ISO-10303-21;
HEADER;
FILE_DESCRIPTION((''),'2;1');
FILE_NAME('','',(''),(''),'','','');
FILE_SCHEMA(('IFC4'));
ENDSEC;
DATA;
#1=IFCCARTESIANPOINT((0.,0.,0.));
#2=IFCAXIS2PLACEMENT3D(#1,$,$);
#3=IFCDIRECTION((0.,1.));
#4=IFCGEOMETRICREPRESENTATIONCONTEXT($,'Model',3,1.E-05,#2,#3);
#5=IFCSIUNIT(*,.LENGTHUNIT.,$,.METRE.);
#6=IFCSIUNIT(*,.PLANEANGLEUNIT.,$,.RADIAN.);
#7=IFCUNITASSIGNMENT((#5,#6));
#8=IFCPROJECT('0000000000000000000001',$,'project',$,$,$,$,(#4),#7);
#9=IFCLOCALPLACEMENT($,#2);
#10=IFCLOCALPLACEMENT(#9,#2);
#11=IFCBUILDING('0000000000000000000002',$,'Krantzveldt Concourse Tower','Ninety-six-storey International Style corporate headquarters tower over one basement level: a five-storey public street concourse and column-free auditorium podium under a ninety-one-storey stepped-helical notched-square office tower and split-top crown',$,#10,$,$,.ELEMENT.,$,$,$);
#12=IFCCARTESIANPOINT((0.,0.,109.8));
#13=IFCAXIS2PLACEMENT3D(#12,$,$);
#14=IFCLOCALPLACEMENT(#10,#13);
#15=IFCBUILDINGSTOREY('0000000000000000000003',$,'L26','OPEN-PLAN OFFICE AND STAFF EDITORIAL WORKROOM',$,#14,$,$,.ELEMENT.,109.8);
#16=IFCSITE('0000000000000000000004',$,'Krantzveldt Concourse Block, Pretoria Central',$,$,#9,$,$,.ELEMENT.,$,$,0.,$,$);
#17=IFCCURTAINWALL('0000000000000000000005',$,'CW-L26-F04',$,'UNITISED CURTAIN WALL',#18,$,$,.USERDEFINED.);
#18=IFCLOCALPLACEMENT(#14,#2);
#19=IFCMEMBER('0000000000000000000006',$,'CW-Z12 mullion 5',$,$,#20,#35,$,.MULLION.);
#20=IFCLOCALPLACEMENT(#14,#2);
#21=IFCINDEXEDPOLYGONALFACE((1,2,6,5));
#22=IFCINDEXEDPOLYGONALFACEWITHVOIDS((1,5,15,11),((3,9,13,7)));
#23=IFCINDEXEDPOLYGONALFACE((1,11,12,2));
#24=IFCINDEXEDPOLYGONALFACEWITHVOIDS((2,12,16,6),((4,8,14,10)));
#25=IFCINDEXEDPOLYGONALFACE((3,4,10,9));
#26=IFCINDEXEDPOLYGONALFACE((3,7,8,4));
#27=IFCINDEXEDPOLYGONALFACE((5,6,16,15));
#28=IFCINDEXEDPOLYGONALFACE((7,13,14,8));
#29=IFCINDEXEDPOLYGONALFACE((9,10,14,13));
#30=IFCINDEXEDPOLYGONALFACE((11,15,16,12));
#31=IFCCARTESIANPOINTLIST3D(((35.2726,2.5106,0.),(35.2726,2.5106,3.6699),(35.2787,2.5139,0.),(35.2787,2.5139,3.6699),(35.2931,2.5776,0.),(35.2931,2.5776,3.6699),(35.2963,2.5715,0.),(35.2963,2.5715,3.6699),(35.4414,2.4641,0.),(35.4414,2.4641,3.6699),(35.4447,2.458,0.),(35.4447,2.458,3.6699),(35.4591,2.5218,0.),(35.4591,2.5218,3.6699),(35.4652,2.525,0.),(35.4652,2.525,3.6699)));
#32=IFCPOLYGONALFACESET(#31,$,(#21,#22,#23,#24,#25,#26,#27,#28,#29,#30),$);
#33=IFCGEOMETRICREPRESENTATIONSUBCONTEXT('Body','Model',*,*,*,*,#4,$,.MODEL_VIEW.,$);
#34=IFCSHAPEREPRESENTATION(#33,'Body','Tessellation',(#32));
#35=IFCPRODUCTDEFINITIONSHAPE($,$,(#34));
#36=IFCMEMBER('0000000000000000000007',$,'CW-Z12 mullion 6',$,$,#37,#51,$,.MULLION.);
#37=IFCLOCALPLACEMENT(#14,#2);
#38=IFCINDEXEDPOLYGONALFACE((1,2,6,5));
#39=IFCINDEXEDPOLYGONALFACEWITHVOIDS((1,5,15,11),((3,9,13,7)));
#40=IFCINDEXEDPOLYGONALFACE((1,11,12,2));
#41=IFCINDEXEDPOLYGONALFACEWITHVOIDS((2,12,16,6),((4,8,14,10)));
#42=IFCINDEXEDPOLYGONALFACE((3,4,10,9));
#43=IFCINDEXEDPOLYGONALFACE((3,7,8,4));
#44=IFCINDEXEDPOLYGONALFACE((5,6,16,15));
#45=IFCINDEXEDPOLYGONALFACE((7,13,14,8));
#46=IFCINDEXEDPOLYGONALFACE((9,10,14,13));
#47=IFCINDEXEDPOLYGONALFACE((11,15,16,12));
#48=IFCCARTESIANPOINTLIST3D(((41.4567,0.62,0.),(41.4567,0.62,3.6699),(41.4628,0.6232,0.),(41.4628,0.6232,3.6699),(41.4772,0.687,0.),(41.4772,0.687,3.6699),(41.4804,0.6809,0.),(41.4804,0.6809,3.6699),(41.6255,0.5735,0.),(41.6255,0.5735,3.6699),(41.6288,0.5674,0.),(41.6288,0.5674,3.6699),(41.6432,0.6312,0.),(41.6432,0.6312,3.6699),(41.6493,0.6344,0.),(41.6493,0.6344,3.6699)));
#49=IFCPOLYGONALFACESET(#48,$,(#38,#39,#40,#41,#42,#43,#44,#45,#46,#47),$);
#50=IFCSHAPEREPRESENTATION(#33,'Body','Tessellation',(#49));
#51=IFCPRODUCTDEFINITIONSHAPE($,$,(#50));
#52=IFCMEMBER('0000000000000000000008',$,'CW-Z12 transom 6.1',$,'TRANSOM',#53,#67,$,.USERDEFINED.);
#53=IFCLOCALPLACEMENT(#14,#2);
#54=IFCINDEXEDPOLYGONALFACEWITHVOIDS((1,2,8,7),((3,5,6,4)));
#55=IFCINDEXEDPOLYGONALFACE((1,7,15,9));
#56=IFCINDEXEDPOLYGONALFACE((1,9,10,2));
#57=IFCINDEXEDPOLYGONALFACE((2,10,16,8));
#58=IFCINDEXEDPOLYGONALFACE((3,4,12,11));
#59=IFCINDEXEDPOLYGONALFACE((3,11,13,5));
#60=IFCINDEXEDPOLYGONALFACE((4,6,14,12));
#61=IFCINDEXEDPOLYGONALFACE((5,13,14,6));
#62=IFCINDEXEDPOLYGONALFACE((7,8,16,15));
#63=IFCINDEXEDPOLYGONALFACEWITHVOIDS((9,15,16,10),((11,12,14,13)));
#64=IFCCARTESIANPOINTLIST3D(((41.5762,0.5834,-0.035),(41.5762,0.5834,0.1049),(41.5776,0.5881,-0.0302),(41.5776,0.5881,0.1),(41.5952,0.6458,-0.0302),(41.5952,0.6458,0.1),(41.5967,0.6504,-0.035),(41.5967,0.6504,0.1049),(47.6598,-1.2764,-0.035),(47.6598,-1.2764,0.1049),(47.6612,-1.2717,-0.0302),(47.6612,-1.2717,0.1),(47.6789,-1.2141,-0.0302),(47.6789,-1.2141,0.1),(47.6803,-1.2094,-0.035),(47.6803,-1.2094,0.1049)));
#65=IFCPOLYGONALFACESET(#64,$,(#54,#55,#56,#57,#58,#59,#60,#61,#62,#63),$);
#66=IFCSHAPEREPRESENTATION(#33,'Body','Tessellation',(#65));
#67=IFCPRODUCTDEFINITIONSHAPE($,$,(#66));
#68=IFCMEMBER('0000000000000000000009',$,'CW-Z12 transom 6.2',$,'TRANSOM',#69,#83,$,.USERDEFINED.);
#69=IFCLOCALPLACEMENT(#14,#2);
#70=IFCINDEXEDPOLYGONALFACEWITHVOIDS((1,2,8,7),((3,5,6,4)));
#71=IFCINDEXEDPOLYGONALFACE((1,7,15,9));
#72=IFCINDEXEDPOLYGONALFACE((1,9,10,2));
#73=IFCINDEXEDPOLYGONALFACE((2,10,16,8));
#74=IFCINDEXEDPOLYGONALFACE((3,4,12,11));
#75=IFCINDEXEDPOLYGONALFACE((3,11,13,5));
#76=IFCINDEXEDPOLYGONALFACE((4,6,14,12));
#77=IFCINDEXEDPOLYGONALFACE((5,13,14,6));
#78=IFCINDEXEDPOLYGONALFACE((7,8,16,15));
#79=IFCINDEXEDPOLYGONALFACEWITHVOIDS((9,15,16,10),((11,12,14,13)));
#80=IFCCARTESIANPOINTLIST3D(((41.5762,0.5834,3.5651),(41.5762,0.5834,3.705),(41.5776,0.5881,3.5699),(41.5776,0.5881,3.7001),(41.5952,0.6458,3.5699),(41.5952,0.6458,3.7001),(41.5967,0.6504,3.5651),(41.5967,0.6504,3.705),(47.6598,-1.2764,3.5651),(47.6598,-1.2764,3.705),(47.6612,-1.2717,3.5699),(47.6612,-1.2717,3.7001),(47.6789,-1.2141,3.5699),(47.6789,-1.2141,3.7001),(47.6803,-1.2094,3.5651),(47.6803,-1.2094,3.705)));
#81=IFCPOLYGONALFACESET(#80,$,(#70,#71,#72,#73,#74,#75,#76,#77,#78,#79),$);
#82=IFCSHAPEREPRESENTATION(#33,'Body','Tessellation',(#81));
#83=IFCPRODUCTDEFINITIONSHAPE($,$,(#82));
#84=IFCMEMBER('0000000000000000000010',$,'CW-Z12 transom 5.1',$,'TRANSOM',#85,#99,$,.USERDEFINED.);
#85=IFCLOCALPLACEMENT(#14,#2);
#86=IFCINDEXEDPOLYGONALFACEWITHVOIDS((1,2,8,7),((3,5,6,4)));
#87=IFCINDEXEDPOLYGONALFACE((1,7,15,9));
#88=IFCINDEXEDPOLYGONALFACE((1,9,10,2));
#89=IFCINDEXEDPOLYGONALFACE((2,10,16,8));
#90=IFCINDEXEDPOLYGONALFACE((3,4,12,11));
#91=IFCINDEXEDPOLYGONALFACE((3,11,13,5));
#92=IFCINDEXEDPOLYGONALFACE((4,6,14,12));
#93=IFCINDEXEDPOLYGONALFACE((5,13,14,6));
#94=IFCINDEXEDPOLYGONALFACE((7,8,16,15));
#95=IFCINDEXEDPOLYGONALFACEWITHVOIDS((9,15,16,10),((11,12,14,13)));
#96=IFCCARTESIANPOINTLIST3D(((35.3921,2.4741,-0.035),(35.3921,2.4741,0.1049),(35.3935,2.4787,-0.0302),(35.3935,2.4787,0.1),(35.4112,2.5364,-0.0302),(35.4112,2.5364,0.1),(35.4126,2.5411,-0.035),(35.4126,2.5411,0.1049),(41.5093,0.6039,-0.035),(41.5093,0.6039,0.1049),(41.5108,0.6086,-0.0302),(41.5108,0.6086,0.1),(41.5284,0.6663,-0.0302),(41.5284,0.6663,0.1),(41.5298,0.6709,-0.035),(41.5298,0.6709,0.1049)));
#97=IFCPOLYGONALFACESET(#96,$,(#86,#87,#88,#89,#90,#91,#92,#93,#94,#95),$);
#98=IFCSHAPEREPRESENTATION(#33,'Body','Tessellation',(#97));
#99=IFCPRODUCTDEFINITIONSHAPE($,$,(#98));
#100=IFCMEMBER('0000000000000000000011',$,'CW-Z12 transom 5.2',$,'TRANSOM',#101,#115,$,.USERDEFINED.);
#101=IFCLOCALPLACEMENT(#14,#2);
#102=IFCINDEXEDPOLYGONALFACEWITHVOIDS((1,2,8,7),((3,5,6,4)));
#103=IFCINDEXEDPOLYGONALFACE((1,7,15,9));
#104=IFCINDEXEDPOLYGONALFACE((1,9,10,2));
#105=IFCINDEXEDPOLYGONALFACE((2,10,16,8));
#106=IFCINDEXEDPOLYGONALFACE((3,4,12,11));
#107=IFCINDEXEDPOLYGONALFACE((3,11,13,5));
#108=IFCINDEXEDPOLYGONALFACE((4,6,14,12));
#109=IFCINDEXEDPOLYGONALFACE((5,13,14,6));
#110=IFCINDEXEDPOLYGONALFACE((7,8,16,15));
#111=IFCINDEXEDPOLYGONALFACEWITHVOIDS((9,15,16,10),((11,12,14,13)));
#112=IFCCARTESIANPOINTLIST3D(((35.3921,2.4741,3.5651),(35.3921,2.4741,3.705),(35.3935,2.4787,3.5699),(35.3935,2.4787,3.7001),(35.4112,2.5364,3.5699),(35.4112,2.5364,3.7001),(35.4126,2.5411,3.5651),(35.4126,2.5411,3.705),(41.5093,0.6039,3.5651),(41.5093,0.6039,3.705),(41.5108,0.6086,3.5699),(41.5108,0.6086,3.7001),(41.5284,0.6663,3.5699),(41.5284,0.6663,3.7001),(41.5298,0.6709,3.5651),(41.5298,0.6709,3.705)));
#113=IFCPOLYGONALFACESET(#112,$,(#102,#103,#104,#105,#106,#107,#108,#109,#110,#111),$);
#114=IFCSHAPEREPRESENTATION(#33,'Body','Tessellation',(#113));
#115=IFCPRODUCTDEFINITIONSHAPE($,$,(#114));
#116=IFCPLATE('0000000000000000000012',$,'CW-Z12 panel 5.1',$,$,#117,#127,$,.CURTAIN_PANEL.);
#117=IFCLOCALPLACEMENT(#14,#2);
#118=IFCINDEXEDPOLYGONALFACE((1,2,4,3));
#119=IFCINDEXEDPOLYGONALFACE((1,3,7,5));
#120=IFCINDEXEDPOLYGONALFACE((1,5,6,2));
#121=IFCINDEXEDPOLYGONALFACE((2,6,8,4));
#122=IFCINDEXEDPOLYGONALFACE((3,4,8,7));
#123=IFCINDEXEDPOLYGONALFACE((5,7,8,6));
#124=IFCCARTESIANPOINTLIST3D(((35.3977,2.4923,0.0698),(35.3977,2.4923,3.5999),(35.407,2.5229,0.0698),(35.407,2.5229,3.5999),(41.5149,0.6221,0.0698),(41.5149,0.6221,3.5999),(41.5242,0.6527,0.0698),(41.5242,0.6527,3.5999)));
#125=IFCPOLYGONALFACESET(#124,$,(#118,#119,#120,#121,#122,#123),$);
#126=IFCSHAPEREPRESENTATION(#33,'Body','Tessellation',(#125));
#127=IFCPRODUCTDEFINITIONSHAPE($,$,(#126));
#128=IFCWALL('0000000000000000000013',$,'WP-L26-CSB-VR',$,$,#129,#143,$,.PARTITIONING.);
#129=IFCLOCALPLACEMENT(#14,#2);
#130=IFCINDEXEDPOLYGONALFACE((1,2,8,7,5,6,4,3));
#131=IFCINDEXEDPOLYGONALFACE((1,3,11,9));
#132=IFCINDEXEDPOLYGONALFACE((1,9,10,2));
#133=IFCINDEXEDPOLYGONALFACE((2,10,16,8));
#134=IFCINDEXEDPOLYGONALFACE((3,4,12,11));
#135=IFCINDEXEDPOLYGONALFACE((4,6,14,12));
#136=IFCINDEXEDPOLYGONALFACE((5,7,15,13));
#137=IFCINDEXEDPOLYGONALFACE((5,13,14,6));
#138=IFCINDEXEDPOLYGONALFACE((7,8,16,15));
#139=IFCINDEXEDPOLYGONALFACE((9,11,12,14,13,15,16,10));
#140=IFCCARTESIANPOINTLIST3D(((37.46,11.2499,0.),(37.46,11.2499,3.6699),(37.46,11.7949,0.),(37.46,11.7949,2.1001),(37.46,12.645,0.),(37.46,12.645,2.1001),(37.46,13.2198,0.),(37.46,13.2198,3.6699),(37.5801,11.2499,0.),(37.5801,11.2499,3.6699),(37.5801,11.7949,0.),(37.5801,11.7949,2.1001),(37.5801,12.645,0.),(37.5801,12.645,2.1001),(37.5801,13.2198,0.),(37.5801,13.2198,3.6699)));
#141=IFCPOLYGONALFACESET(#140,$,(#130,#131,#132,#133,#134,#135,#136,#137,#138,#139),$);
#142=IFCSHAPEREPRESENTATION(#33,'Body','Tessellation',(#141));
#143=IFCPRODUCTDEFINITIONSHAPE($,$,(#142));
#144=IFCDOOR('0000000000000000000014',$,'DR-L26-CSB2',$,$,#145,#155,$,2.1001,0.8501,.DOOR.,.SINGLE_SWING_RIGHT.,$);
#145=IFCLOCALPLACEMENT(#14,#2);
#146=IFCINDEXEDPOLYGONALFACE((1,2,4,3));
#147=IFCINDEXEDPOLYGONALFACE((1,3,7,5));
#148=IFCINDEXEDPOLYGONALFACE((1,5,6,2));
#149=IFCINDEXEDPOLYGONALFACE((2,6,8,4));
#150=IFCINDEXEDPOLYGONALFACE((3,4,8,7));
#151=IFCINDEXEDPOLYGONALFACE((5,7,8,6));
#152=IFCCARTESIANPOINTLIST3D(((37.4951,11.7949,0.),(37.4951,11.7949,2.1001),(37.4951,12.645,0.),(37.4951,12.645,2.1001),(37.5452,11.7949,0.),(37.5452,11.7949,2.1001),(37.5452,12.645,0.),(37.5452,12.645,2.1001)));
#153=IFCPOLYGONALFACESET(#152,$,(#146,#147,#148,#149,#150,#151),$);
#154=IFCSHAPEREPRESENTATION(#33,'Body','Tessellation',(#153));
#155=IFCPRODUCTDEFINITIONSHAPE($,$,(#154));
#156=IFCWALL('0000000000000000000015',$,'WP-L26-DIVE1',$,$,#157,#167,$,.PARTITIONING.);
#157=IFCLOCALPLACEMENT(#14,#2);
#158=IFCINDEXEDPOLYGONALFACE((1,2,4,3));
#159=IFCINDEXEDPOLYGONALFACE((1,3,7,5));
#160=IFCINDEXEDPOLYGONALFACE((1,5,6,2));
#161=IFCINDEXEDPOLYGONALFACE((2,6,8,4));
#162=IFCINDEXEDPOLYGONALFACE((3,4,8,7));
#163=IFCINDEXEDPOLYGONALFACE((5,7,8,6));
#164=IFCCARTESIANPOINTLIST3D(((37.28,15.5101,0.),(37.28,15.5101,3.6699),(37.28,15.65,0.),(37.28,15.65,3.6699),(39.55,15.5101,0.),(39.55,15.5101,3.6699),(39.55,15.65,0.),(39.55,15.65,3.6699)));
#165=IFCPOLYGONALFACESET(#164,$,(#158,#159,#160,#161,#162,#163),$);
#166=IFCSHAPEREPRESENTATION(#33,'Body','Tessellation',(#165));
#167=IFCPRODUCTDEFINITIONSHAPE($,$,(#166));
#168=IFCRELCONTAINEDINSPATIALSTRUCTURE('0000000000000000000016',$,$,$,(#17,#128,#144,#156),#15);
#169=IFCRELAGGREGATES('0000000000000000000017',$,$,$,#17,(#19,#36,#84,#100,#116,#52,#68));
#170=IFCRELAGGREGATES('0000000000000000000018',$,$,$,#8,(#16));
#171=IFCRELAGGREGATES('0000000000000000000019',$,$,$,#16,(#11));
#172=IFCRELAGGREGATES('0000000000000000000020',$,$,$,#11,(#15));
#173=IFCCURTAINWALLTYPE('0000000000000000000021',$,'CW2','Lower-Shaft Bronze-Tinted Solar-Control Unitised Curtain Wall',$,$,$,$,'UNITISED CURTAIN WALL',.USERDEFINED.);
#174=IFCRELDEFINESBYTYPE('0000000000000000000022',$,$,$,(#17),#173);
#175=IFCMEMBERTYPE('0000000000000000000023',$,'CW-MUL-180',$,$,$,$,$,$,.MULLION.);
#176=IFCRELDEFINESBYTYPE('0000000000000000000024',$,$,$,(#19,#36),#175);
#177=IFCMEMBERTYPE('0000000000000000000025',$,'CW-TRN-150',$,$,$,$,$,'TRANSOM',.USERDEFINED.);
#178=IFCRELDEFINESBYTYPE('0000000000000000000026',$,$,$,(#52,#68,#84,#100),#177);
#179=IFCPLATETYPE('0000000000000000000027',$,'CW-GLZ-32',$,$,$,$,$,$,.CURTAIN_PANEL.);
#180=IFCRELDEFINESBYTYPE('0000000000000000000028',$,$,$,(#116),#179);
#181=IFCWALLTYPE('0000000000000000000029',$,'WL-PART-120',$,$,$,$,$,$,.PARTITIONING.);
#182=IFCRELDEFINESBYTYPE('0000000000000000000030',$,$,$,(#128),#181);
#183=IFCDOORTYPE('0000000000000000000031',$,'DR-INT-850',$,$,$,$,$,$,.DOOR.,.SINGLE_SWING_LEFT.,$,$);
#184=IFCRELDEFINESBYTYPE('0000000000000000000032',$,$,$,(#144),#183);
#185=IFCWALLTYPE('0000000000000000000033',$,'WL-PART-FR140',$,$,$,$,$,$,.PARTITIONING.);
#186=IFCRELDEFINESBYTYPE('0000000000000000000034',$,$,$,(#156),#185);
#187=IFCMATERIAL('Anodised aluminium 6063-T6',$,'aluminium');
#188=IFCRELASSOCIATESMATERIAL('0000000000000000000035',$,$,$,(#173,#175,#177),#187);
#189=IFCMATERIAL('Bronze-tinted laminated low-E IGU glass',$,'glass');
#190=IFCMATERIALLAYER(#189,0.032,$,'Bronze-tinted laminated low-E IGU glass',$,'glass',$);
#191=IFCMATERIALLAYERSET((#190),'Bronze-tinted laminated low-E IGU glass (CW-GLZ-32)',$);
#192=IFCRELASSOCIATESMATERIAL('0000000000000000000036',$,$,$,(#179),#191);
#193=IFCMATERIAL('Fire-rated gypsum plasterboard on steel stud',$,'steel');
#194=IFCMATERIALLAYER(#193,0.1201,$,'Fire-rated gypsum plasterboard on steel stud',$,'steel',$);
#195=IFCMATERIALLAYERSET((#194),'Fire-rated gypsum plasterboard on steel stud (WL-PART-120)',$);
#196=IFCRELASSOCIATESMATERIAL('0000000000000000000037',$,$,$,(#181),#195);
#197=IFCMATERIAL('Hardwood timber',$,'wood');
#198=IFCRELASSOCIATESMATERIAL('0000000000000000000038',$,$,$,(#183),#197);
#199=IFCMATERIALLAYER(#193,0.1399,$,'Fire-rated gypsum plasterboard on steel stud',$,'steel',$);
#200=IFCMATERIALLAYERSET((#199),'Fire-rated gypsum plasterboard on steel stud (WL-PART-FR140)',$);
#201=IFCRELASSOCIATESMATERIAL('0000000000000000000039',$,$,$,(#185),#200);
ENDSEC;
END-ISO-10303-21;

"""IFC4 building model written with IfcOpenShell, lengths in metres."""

from ifc_helpers import new_model, si_unit, direction, frame, frame_2d, origin, origin_2d, place, context, subcontext, project, spatial, rectangle, hollow_rectangle, extrude, source, transform, mapped, material, layer, layer_set, material_profile, profile_set, type_object, type_shapes, element, fill, aggregate, save


model = new_model("IFC4")

# Units and contexts
model_context = context("Model", 3, precision=1e-05, world=origin(), true_north=direction((0.0, 1.0)))
body_context = subcontext(model_context, "Body", "Model", "MODEL_VIEW")
ifc_project = project(units=[si_unit("LENGTHUNIT", "METRE"), si_unit("PLANEANGLEUNIT", "RADIAN")], contexts=[model_context])

# Site, building, storey
site_placement = place(None, origin())
site = spatial("IfcSite", under=ifc_project, at=site_placement, Name="Krantzveldt Concourse Block, Pretoria Central", CompositionType="ELEMENT", RefElevation=0.0)
building_placement = place(site_placement, origin())
building = spatial("IfcBuilding", under=site, at=building_placement, Name="Krantzveldt Concourse Tower", Description="Ninety-six-storey International Style corporate headquarters tower over one basement level: a five-storey public street concourse and column-free auditorium podium under a ninety-one-storey stepped-helical notched-square office tower and split-top crown", CompositionType="ELEMENT")
storey_placement = place(building_placement, frame((0.0, 0.0, 109.8)))
storey = spatial("IfcBuildingStorey", under=building, at=storey_placement, Name="L26", Description="OPEN-PLAN OFFICE AND STAFF EDITORIAL WORKROOM", CompositionType="ELEMENT", Elevation=109.8)

# Curtain wall, members, plate
ifc_material_1 = material(Name="Anodised aluminium 6063-T6", Category="aluminium")
curtain_wall_type = type_object("IfcCurtainWallType", Name="CW2", Description="Lower-Shaft Bronze-Tinted Solar-Control Unitised Curtain Wall", ElementType="UNITISED CURTAIN WALL", PredefinedType="USERDEFINED", material=ifc_material_1)
curtain_wall_placement = place(storey_placement, origin())
curtain_wall = element("IfcCurtainWall", 1, at=curtain_wall_placement, inside=storey, type_object=curtain_wall_type, Name="CW-L26-F04", ObjectType="UNITISED CURTAIN WALL", PredefinedType="USERDEFINED")
ifc_material_profile_1 = material_profile(ifc_material_1, hollow_rectangle(XDim=0.0701, YDim=0.1799, WallThickness=0.0049, at=origin_2d()), Name="Anodised aluminium 6063-T6", Category="aluminium")
ifc_profile_set_1 = profile_set([ifc_material_profile_1], Name="Anodised aluminium 6063-T6 - ALU-MULL 180x70x5")
member_type_1 = type_object("IfcMemberType", Name="CW-MUL-180", PredefinedType="MULLION", material=ifc_profile_set_1)
shared_shape_1 = source(origin(), body_context, "Body", "SweptSolid", [
    extrude(hollow_rectangle(XDim=0.0701, YDim=0.1799, WallThickness=0.0049, at=origin_2d()), origin(), (0.0, 0.0, 1.0), 3.6699),
])
type_shapes(member_type_1, [shared_shape_1])
member_1_placement = place(storey_placement, frame((35.3689, 2.5178, 0.0), z_axis=(0.0, 0.0, 1.0), x_axis=(0.292372, 0.956305, 0.0)))
member_1 = element("IfcMember", 2, at=member_1_placement, type_object=member_type_1, Name="CW-Z12 mullion 5", PredefinedType="MULLION", context=body_context, shape_type="MappedRepresentation", body=[
    mapped(shared_shape_1, transform((0.0, 0.0, 0.0), x_axis=(1.0, 0.0, 0.0), y_axis=(0.0, 1.0, 0.0), z_axis=(0.0, 0.0, 1.0), scale=1.0)),
])
member_2_placement = place(storey_placement, frame((41.553, 0.6272, 0.0), z_axis=(0.0, 0.0, 1.0), x_axis=(0.292372, 0.956305, 0.0)))
member_2 = element("IfcMember", 3, at=member_2_placement, type_object=member_type_1, Name="CW-Z12 mullion 6", PredefinedType="MULLION", context=body_context, shape_type="MappedRepresentation", body=[
    mapped(shared_shape_1, transform((0.0, 0.0, 0.0), x_axis=(1.0, 0.0, 0.0), y_axis=(0.0, 1.0, 0.0), z_axis=(0.0, 0.0, 1.0), scale=1.0)),
])
ifc_material_profile_2 = material_profile(ifc_material_1, hollow_rectangle(XDim=0.0701, YDim=0.1399, WallThickness=0.0049, at=origin_2d()), Name="Anodised aluminium 6063-T6", Category="aluminium")
ifc_profile_set_2 = profile_set([ifc_material_profile_2], Name="Anodised aluminium 6063-T6 - ALU-TRAN 140x70x5")
member_type_2 = type_object("IfcMemberType", Name="CW-TRN-150", ElementType="TRANSOM", PredefinedType="USERDEFINED", material=ifc_profile_set_2)
shared_shape_2 = source(origin(), body_context, "Body", "SweptSolid", [
    extrude(hollow_rectangle(XDim=0.0701, YDim=0.1399, WallThickness=0.0049, at=origin_2d()), origin(), (0.0, 0.0, 1.0), 6.3616),
])
member_3_placement = place(storey_placement, frame((41.5864, 0.6169, 0.0349), z_axis=(0.95631, -0.292354, 0.0), x_axis=(0.292354, 0.95631, 0.0)))
member_3 = element("IfcMember", 4, at=member_3_placement, type_object=member_type_2, Name="CW-Z12 transom 6.1", ObjectType="TRANSOM", PredefinedType="USERDEFINED", context=body_context, shape_type="MappedRepresentation", body=[
    mapped(shared_shape_2, transform((0.0, 0.0, 0.0), x_axis=(1.0, 0.0, 0.0), y_axis=(0.0, 1.0, 0.0), z_axis=(0.0, 0.0, 1.0), scale=1.0)),
])
member_4_placement = place(storey_placement, frame((41.5864, 0.6169, 3.635), z_axis=(0.95631, -0.292354, 0.0), x_axis=(0.292354, 0.95631, 0.0)))
member_4 = element("IfcMember", 5, at=member_4_placement, type_object=member_type_2, Name="CW-Z12 transom 6.2", ObjectType="TRANSOM", PredefinedType="USERDEFINED", context=body_context, shape_type="MappedRepresentation", body=[
    mapped(shared_shape_2, transform((0.0, 0.0, 0.0), x_axis=(1.0, 0.0, 0.0), y_axis=(0.0, 1.0, 0.0), z_axis=(0.0, 0.0, 1.0), scale=1.0)),
])
shared_shape_3 = source(origin(), body_context, "Body", "SweptSolid", [
    extrude(hollow_rectangle(XDim=0.0701, YDim=0.1399, WallThickness=0.0049, at=origin_2d()), origin(), (0.0, 0.0, 1.0), 6.3967),
])
type_shapes(member_type_2, [shared_shape_2, shared_shape_3])
member_5_placement = place(storey_placement, frame((35.4023, 2.5076, 0.0349), z_axis=(0.956309, -0.292358, 0.0), x_axis=(0.292358, 0.956309, 0.0)))
member_5 = element("IfcMember", 6, at=member_5_placement, type_object=member_type_2, Name="CW-Z12 transom 5.1", ObjectType="TRANSOM", PredefinedType="USERDEFINED", context=body_context, shape_type="MappedRepresentation", body=[
    mapped(shared_shape_3, transform((0.0, 0.0, 0.0), x_axis=(1.0, 0.0, 0.0), y_axis=(0.0, 1.0, 0.0), z_axis=(0.0, 0.0, 1.0), scale=1.0)),
])
member_6_placement = place(storey_placement, frame((35.4023, 2.5076, 3.635), z_axis=(0.956309, -0.292358, 0.0), x_axis=(0.292358, 0.956309, 0.0)))
member_6 = element("IfcMember", 7, at=member_6_placement, type_object=member_type_2, Name="CW-Z12 transom 5.2", ObjectType="TRANSOM", PredefinedType="USERDEFINED", context=body_context, shape_type="MappedRepresentation", body=[
    mapped(shared_shape_3, transform((0.0, 0.0, 0.0), x_axis=(1.0, 0.0, 0.0), y_axis=(0.0, 1.0, 0.0), z_axis=(0.0, 0.0, 1.0), scale=1.0)),
])
ifc_material_2 = material(Name="Bronze-tinted laminated low-E IGU glass", Category="glass")
ifc_layer_1 = layer(ifc_material_2, 0.032, Name="Bronze-tinted laminated low-E IGU glass", Category="glass")
ifc_layer_set_1 = layer_set([ifc_layer_1], Name="Bronze-tinted laminated low-E IGU glass (CW-GLZ-32)")
plate_type = type_object("IfcPlateType", Name="CW-GLZ-32", PredefinedType="CURTAIN_PANEL", material=ifc_layer_set_1)
shared_shape_4 = source(origin(), body_context, "Body", "SweptSolid", [
    extrude(rectangle(XDim=6.3967, YDim=0.032, at=origin_2d()), origin(), (0.0, 0.0, 1.0), 3.53),
])
type_shapes(plate_type, [shared_shape_4])
plate_placement = place(storey_placement, frame((38.4609, 1.5725, 0.0698), z_axis=(0.0, 0.0, 1.0), x_axis=(0.956305, -0.292372, 0.0)))
plate = element("IfcPlate", 8, at=plate_placement, type_object=plate_type, Name="CW-Z12 panel 5.1", PredefinedType="CURTAIN_PANEL", context=body_context, shape_type="MappedRepresentation", body=[
    mapped(shared_shape_4, transform((0.0, 0.0, 0.0), x_axis=(1.0, 0.0, 0.0), y_axis=(0.0, 1.0, 0.0), z_axis=(0.0, 0.0, 1.0), scale=1.0)),
])
aggregate(curtain_wall, [member_1, member_2, member_5, member_6, plate, member_3, member_4])

# Wall, opening, door
ifc_material_3 = material(Name="Fire-rated gypsum plasterboard on steel stud", Category="steel")
ifc_layer_2 = layer(ifc_material_3, 0.1201, Name="Fire-rated gypsum plasterboard on steel stud", Category="steel")
ifc_layer_set_2 = layer_set([ifc_layer_2], Name="Fire-rated gypsum plasterboard on steel stud (WL-PART-120)")
wall_type_1 = type_object("IfcWallType", Name="WL-PART-120", PredefinedType="PARTITIONING", material=ifc_layer_set_2)
wall_1_placement = place(storey_placement, frame((37.52, 11.25, 0.0), z_axis=(0.0, 0.0, 1.0), x_axis=(0.0, 1.0, 0.0)))
wall_1 = element("IfcWall", 9, at=wall_1_placement, inside=storey, type_object=wall_type_1, Name="WP-L26-CSB-VR", PredefinedType="PARTITIONING", context=body_context, shape_type="SweptSolid", body=[
    extrude(rectangle(XDim=1.97, YDim=0.1201, at=frame_2d((0.9849, 0.0))), origin(), (0.0, 0.0, 1.0), 3.6699),
])
opening_1_placement = place(wall_1_placement, frame((0.5449, 0.0, 0.0)))
opening_1 = element("IfcOpeningElement", 10, at=opening_1_placement, cuts=wall_1, PredefinedType="OPENING", context=body_context, shape_type="SweptSolid", body=[
    extrude(rectangle(XDim=0.8501, YDim=2.1001, at=frame_2d((0.425, 1.05))), frame((0.0, 0.0701, 0.0), z_axis=(0.0, -1.0, 0.0), x_axis=(1.0, 0.0, 0.0)), (0.0, 0.0, 1.0), 0.1401),
])
ifc_material_4 = material(Name="Hardwood timber", Category="wood")
door_type_1 = type_object("IfcDoorType", Name="DR-INT-850", OperationType="SINGLE_SWING_LEFT", PredefinedType="DOOR", material=ifc_material_4)
door_1_placement = place(opening_1_placement, origin())
door_1 = element("IfcDoor", 11, at=door_1_placement, inside=storey, type_object=door_type_1, Name="DR-L26-CSB2", OperationType="SINGLE_SWING_RIGHT", OverallHeight=2.1001, OverallWidth=0.8501, PredefinedType="DOOR", context=body_context, shape_type="SweptSolid", body=[
    extrude(rectangle(XDim=0.8501, YDim=2.1001, at=frame_2d((0.425, 1.05))), frame((0.0, 0.0249, 0.0), z_axis=(0.0, -1.0, 0.0), x_axis=(1.0, 0.0, 0.0)), (0.0, 0.0, 1.0), 0.05),
])
fill(opening_1, door_1)

# Shared definitions
ifc_layer_3 = layer(ifc_material_3, 0.1399, Name="Fire-rated gypsum plasterboard on steel stud", Category="steel")
ifc_layer_set_3 = layer_set([ifc_layer_3], Name="Fire-rated gypsum plasterboard on steel stud (WL-PART-FR140)")
wall_type_2 = type_object("IfcWallType", Name="WL-PART-FR140", PredefinedType="PARTITIONING", material=ifc_layer_set_3)

# Wall
wall_2_placement = place(storey_placement, frame((37.28, 15.5801, 0.0), z_axis=(0.0, 0.0, 1.0), x_axis=(1.0, 0.0, 0.0)))
element("IfcWall", 12, at=wall_2_placement, inside=storey, type_object=wall_type_2, Name="WP-L26-DIVE1", PredefinedType="PARTITIONING", context=body_context, shape_type="SweptSolid", body=[
    extrude(rectangle(XDim=2.27, YDim=0.1399, at=frame_2d((1.135, 0.0))), origin(), (0.0, 0.0, 1.0), 3.6699),
])

save(model, "model.ifc")
